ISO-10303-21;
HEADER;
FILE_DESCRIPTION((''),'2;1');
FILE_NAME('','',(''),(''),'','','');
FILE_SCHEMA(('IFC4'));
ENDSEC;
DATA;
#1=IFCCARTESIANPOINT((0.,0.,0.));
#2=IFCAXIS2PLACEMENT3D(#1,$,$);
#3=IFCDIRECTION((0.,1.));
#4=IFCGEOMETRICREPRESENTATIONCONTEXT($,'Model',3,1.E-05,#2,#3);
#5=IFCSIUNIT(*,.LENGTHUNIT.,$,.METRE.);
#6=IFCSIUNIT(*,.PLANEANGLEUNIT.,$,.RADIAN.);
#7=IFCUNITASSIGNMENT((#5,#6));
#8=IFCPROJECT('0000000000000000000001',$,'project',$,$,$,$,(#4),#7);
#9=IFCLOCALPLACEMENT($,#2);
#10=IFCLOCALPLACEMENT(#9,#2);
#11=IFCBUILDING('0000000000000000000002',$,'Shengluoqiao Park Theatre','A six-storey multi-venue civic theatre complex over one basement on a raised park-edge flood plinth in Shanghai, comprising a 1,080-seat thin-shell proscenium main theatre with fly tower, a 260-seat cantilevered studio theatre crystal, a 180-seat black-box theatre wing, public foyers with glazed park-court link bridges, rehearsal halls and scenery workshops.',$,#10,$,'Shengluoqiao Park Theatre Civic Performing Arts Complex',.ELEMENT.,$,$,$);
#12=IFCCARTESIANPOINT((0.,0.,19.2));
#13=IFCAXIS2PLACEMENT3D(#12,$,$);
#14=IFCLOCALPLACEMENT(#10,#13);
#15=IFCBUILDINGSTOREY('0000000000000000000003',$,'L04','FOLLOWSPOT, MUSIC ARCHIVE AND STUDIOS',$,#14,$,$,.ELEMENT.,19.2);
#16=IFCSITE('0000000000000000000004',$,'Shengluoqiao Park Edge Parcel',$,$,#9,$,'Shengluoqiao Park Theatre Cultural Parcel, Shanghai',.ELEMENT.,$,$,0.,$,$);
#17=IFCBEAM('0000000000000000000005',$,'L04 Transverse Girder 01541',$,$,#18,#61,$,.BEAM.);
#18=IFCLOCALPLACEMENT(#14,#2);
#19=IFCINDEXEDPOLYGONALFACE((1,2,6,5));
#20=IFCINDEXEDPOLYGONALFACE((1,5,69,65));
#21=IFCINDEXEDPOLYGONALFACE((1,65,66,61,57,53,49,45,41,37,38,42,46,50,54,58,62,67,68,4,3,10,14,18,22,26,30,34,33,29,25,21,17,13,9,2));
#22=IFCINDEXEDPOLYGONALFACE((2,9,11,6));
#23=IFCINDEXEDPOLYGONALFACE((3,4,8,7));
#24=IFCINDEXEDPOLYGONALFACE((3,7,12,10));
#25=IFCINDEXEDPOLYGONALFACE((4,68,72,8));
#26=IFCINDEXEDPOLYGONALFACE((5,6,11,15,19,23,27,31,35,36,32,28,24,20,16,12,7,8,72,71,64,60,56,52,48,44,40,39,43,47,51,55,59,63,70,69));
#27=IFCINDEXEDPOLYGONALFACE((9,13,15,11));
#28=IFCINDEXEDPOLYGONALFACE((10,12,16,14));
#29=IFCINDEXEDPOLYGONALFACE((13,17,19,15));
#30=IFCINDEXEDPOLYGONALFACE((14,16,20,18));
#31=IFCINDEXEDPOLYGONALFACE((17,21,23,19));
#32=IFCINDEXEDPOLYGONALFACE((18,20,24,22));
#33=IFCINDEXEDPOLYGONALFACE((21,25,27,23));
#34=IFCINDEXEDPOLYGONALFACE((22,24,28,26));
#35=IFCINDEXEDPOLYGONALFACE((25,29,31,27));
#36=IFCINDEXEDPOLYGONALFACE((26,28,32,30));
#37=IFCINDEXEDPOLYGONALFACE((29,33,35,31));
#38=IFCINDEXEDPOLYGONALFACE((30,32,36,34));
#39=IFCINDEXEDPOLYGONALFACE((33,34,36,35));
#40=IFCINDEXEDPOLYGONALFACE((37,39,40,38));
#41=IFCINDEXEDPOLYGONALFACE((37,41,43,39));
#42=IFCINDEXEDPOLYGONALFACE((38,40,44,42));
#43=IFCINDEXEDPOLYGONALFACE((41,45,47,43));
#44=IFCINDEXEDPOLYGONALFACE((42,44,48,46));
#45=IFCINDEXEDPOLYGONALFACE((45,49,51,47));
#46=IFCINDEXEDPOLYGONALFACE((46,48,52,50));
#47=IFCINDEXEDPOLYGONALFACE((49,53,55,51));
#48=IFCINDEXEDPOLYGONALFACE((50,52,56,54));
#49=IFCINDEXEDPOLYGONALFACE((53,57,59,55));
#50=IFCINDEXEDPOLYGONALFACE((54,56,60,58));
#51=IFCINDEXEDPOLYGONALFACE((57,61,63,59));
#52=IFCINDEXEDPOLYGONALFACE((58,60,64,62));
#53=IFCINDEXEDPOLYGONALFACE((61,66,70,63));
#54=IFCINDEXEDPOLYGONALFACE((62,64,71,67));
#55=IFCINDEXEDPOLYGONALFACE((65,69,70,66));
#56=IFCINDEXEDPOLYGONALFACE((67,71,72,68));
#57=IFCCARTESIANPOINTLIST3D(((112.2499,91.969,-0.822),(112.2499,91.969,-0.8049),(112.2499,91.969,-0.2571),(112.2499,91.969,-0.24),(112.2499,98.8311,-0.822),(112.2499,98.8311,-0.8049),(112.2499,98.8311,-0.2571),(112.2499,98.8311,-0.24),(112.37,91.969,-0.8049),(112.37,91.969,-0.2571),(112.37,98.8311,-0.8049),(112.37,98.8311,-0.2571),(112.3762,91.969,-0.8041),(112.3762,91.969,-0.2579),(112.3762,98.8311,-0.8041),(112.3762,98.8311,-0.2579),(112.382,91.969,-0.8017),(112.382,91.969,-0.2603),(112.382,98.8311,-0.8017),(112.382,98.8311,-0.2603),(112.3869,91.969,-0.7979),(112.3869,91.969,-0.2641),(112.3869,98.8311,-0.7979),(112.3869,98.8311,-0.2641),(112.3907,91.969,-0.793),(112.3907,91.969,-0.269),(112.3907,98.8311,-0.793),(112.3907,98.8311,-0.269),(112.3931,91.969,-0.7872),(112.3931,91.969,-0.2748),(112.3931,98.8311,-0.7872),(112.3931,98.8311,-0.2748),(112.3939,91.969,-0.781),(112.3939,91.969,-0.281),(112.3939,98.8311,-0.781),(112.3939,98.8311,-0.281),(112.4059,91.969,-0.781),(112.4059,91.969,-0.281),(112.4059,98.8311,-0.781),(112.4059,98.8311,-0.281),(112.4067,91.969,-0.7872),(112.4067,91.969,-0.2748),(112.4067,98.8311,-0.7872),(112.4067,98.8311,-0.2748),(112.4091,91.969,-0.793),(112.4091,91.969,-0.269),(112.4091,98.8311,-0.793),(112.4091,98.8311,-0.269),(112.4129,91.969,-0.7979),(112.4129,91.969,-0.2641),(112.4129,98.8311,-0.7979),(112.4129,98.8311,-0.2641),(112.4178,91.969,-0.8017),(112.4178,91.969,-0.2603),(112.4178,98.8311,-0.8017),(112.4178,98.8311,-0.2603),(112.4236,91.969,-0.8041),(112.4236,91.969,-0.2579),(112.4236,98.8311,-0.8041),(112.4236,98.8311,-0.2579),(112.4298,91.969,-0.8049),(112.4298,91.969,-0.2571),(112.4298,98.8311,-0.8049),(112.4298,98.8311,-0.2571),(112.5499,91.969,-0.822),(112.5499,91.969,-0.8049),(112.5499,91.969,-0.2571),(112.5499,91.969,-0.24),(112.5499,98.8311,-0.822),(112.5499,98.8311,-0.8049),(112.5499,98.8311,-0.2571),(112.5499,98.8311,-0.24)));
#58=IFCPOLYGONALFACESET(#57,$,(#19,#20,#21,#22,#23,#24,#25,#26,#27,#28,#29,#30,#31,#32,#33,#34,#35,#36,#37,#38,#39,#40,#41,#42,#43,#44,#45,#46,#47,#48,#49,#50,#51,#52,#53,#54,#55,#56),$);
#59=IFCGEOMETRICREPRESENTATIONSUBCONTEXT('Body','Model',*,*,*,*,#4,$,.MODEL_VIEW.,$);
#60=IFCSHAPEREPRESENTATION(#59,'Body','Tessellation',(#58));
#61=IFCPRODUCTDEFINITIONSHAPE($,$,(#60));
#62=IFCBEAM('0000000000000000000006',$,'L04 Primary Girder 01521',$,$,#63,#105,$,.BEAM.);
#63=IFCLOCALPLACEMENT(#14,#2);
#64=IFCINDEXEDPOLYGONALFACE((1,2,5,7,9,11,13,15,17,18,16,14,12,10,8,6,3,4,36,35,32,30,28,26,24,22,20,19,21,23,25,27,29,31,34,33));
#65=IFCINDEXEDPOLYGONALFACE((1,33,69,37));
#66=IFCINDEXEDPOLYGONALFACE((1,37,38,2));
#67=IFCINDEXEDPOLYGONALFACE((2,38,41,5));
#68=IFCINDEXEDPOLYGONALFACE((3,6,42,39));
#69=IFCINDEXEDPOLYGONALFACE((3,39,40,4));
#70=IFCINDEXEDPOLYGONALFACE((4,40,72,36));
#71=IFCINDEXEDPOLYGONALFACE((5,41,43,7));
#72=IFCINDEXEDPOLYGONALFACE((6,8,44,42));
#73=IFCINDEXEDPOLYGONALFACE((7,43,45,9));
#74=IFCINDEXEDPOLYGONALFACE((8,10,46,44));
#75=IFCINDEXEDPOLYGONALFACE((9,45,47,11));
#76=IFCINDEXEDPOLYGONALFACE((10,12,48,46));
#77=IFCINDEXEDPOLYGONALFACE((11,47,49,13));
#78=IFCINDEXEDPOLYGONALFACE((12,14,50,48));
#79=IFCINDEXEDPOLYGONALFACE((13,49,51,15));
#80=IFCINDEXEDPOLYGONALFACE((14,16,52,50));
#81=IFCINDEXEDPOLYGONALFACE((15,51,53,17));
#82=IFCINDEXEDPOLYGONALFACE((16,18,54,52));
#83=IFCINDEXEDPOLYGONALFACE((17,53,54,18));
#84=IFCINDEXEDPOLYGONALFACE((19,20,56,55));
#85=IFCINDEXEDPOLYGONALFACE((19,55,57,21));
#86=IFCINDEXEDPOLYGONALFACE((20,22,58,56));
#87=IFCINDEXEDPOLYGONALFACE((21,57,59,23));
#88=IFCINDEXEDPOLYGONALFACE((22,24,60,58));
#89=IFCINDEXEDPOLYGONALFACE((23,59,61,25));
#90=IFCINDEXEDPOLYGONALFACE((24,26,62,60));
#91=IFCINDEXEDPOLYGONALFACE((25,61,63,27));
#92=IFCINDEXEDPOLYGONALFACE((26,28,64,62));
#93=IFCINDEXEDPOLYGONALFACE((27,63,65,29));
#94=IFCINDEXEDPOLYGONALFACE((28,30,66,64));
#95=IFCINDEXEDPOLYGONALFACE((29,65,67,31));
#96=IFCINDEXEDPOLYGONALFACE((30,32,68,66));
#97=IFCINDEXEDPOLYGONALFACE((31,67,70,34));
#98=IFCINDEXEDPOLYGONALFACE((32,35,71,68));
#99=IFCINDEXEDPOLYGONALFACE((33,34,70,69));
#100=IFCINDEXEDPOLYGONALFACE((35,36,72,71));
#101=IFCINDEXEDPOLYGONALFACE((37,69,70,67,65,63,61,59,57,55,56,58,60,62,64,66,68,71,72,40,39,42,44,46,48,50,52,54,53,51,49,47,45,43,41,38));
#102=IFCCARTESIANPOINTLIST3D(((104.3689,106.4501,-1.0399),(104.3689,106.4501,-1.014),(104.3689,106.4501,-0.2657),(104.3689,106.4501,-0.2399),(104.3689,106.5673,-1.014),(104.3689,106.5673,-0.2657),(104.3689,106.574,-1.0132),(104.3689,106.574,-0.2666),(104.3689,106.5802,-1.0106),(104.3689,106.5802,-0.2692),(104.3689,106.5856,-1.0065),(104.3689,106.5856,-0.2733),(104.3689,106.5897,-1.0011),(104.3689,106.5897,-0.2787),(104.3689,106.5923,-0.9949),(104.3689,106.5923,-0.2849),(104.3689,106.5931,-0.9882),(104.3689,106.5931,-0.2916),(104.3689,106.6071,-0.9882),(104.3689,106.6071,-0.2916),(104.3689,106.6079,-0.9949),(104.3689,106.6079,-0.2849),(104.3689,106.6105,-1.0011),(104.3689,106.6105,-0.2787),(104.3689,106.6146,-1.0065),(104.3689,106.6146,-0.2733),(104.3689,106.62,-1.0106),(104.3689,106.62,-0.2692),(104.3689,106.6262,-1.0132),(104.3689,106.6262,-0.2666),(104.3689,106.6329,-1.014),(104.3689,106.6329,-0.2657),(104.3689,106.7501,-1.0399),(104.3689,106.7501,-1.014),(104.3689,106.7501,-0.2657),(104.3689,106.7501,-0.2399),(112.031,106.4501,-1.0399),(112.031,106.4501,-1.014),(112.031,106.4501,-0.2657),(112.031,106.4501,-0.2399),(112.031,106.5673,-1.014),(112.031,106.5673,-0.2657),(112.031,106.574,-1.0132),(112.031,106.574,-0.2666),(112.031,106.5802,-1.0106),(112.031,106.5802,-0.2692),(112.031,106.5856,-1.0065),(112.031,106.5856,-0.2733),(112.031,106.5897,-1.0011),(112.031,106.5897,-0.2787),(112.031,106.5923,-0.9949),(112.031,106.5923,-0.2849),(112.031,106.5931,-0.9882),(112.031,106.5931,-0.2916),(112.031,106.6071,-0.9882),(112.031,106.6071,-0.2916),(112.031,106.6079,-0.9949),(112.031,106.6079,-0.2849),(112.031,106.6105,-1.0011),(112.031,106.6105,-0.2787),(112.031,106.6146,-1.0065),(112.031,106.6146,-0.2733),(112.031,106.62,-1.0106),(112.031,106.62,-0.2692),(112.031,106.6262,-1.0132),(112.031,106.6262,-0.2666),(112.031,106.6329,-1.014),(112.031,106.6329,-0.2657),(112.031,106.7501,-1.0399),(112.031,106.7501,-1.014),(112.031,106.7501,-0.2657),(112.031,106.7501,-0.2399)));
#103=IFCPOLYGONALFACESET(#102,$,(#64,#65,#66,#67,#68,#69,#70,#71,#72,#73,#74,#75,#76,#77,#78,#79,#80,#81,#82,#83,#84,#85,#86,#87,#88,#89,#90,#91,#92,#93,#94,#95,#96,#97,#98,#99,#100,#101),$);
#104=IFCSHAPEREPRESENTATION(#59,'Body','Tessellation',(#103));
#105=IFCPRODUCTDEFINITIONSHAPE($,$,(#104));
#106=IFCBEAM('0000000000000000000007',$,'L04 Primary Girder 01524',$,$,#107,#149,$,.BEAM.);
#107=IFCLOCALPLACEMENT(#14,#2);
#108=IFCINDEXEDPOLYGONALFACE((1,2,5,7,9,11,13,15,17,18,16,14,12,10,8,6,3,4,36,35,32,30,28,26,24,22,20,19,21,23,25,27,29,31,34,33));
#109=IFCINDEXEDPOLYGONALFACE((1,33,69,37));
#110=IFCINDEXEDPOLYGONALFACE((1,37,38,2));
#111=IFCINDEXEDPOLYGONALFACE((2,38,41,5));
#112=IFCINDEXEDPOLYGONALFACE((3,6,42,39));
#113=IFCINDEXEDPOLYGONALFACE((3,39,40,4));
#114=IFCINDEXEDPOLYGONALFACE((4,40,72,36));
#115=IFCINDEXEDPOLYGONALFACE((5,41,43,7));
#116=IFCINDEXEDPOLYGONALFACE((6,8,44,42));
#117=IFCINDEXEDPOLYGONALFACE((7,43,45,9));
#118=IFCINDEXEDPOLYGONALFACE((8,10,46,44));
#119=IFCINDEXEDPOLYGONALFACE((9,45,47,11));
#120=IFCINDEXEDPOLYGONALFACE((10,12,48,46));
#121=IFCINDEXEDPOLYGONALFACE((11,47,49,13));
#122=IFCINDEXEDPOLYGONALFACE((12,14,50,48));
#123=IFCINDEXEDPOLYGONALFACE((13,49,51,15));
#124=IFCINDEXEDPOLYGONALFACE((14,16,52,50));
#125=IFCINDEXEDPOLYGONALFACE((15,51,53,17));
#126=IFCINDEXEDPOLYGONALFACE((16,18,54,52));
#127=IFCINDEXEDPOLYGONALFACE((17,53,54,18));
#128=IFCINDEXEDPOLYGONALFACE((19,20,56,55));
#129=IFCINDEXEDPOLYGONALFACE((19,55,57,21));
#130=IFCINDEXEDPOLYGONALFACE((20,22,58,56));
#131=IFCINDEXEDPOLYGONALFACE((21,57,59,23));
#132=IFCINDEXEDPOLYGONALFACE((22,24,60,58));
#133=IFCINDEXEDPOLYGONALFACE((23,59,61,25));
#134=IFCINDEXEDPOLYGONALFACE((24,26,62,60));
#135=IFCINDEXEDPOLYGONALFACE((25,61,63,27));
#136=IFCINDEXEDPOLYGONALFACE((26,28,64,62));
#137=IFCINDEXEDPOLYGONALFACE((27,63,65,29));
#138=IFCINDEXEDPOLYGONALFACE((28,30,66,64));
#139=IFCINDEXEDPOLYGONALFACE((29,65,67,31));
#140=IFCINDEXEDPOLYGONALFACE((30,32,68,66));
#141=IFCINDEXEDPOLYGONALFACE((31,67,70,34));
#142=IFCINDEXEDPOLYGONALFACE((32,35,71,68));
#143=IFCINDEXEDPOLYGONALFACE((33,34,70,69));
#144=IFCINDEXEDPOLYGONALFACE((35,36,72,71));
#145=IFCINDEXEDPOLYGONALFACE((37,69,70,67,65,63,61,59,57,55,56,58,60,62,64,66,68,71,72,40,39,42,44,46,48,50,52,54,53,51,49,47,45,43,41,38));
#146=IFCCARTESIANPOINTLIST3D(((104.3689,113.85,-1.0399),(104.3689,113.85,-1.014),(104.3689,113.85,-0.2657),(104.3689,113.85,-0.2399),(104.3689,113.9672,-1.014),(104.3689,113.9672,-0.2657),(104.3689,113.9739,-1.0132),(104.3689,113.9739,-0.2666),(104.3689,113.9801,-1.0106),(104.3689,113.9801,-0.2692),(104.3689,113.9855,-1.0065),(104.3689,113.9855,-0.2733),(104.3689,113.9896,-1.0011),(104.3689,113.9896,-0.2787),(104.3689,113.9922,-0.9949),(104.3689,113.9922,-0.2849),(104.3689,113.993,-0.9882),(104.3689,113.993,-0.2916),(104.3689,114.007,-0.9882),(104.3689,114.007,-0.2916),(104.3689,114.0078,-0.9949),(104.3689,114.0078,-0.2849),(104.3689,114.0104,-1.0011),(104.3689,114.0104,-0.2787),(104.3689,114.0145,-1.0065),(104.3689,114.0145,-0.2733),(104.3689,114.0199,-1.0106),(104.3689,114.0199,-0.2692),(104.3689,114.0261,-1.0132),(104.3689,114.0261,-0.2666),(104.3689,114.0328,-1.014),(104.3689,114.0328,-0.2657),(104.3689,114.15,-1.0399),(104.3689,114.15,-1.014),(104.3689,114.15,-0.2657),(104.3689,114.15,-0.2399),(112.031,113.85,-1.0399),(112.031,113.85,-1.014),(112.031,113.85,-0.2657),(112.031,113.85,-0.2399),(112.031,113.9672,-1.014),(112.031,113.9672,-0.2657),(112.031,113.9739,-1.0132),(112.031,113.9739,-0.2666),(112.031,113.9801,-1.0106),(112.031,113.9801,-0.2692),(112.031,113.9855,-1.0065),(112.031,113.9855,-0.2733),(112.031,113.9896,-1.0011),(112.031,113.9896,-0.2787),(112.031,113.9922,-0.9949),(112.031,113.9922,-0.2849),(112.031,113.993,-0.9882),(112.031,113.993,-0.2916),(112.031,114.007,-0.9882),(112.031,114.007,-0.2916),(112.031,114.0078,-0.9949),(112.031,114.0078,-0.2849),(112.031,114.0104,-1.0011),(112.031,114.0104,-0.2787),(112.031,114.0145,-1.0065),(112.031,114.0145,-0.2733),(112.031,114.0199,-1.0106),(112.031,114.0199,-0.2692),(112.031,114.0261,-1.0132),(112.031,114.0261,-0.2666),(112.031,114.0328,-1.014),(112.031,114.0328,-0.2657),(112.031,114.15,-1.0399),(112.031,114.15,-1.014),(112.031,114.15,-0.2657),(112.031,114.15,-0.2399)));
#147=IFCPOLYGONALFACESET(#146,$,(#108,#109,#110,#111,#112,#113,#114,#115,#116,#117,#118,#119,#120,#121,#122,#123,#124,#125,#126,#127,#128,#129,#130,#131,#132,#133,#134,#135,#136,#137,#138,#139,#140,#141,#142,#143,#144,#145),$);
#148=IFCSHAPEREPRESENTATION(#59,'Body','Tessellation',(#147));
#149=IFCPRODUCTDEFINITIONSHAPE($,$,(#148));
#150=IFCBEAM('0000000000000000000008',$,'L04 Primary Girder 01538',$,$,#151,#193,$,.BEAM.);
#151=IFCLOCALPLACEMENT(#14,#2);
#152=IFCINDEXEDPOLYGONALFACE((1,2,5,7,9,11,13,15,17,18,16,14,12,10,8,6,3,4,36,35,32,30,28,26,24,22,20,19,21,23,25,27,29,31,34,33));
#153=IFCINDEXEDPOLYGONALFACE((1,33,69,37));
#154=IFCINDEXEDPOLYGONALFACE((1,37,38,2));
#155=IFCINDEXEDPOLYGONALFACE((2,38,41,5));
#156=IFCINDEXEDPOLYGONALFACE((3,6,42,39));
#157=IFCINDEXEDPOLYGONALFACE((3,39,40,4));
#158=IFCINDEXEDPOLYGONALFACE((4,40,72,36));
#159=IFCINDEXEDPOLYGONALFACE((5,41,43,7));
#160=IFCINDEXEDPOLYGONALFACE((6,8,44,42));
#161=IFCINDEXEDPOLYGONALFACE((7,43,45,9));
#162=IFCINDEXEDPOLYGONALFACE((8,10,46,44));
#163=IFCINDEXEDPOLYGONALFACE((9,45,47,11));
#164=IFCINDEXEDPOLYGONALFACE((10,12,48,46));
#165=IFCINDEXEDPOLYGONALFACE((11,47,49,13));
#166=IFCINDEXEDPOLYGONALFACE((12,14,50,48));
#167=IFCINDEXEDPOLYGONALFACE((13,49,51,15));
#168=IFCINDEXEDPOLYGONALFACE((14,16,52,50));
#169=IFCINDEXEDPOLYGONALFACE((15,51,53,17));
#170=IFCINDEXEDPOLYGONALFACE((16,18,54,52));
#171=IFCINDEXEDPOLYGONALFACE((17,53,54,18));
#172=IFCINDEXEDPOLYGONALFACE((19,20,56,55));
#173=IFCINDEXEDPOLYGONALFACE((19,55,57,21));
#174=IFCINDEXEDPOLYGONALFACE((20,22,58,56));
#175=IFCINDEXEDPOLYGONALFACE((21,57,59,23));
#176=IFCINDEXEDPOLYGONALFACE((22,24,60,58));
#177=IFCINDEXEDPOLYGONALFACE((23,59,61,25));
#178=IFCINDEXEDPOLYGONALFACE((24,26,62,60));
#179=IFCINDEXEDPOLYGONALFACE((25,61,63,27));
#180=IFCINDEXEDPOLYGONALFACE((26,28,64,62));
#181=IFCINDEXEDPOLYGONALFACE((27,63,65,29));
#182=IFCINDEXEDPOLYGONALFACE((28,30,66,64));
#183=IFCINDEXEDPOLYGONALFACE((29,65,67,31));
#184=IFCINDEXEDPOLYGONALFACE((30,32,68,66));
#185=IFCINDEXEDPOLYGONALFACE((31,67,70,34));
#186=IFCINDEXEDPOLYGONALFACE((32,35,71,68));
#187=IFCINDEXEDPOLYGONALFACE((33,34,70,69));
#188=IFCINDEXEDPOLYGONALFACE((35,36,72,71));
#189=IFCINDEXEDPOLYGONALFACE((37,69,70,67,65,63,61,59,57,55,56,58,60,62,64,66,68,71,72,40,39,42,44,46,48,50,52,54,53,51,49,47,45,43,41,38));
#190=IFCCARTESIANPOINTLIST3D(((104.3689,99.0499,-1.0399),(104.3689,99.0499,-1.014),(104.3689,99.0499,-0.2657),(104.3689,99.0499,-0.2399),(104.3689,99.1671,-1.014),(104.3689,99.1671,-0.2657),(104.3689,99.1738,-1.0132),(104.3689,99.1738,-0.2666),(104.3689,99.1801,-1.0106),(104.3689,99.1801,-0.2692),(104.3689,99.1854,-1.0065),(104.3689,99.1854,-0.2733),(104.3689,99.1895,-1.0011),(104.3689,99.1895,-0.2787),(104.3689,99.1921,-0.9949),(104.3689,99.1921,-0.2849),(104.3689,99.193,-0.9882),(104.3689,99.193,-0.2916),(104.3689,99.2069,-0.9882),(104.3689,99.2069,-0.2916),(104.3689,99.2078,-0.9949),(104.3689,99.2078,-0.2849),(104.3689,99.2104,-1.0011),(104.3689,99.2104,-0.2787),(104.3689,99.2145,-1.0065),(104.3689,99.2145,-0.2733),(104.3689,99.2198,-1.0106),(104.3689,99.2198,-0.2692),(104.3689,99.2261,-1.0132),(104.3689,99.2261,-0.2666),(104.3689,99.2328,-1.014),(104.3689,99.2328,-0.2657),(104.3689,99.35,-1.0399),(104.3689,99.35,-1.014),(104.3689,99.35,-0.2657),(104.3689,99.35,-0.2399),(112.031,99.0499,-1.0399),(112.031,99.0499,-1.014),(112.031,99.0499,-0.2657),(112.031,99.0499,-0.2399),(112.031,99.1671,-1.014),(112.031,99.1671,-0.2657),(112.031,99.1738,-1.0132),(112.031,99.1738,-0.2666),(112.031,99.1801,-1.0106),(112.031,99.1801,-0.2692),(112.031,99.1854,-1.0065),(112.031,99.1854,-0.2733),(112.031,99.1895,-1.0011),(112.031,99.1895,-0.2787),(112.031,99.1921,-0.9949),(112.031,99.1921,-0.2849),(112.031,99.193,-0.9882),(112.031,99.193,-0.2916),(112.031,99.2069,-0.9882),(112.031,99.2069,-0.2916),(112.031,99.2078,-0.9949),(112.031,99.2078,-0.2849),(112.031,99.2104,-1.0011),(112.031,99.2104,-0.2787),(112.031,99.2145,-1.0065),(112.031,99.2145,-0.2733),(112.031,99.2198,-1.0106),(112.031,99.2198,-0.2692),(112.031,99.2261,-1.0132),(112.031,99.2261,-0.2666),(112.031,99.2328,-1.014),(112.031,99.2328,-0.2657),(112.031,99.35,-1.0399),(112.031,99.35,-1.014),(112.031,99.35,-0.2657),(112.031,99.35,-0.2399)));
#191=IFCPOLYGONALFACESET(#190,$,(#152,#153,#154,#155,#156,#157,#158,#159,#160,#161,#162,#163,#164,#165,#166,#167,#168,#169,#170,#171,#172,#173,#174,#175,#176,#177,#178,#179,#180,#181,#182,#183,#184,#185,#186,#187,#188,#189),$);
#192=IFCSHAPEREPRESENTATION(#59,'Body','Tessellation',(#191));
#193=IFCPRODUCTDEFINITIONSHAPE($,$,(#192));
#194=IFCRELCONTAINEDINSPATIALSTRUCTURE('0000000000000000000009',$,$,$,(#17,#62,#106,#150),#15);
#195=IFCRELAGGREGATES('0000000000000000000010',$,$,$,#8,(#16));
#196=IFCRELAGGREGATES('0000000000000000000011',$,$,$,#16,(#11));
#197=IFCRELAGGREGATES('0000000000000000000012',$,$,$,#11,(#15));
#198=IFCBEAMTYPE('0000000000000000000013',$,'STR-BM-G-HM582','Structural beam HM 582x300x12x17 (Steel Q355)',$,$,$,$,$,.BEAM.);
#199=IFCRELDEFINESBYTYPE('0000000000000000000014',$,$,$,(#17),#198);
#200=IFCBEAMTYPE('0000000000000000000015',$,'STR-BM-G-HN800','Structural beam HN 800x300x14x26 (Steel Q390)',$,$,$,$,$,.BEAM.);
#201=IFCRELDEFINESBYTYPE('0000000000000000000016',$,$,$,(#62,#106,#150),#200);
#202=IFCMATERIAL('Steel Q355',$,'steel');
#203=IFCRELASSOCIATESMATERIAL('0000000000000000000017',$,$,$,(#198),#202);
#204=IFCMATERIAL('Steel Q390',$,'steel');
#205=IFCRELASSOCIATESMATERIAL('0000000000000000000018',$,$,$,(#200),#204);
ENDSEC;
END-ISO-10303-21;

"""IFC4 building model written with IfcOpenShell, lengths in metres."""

from ifc_helpers import new_model, si_unit, direction, frame, origin, origin_2d, place, context, subcontext, project, spatial, i_section, extrude, material, material_profile, profile_set, type_object, element, save


model = new_model("IFC4")

# Units and contexts
model_context = context("Model", 3, precision=1e-05, world=origin(), true_north=direction((0.0, 1.0)))
body_context = subcontext(model_context, "Body", "Model", "MODEL_VIEW")
ifc_project = project(units=[si_unit("LENGTHUNIT", "METRE"), si_unit("PLANEANGLEUNIT", "RADIAN")], contexts=[model_context])

# Site, building, storey
site_placement = place(None, origin())
site = spatial("IfcSite", under=ifc_project, at=site_placement, Name="Shengluoqiao Park Edge Parcel", LongName="Shengluoqiao Park Theatre Cultural Parcel, Shanghai", CompositionType="ELEMENT", RefElevation=0.0)
building_placement = place(site_placement, origin())
building = spatial("IfcBuilding", under=site, at=building_placement, Name="Shengluoqiao Park Theatre", Description="A six-storey multi-venue civic theatre complex over one basement on a raised park-edge flood plinth in Shanghai, comprising a 1,080-seat thin-shell proscenium main theatre with fly tower, a 260-seat cantilevered studio theatre crystal, a 180-seat black-box theatre wing, public foyers with glazed park-court link bridges, rehearsal halls and scenery workshops.", LongName="Shengluoqiao Park Theatre Civic Performing Arts Complex", CompositionType="ELEMENT")
storey_placement = place(building_placement, frame((0.0, 0.0, 19.2)))
storey = spatial("IfcBuildingStorey", under=building, at=storey_placement, Name="L04", Description="FOLLOWSPOT, MUSIC ARCHIVE AND STUDIOS", CompositionType="ELEMENT", Elevation=19.2)

# Beams
ifc_material_1 = material(Name="Steel Q355", Category="steel")
ifc_material_profile_1 = material_profile(ifc_material_1, i_section(OverallWidth=0.3, OverallDepth=0.582, WebThickness=0.012, FlangeThickness=0.0171, FilletRadius=0.0239, at=origin_2d()), Name="HM 582x300x12x17")
ifc_profile_set_1 = profile_set([ifc_material_profile_1], Name="Steel Q355")
beam_type_1 = type_object("IfcBeamType", Name="STR-BM-G-HM582", Description="Structural beam HM 582x300x12x17 (Steel Q355)", PredefinedType="BEAM", material=ifc_profile_set_1)
beam_1_placement = place(storey_placement, frame((112.3999, 91.969, -0.531), z_axis=(0.0, 1.0, 0.0), x_axis=(-1.0, 0.0, 0.0)))
element("IfcBeam", 1, at=beam_1_placement, inside=storey, type_object=beam_type_1, Name="L04 Transverse Girder 01541", PredefinedType="BEAM", context=body_context, shape_type="SweptSolid", body=[
    extrude(i_section(OverallWidth=0.3, OverallDepth=0.582, WebThickness=0.012, FlangeThickness=0.0171, FilletRadius=0.0239, at=origin_2d()), origin(), (0.0, 0.0, 1.0), 6.8621),
])
ifc_material_2 = material(Name="Steel Q390", Category="steel")
ifc_material_profile_2 = material_profile(ifc_material_2, i_section(OverallWidth=0.3, OverallDepth=0.8, WebThickness=0.0139, FlangeThickness=0.0259, FilletRadius=0.0259, at=origin_2d()), Name="HN 800x300x14x26")
ifc_profile_set_2 = profile_set([ifc_material_profile_2], Name="Steel Q390")
beam_type_2 = type_object("IfcBeamType", Name="STR-BM-G-HN800", Description="Structural beam HN 800x300x14x26 (Steel Q390)", PredefinedType="BEAM", material=ifc_profile_set_2)
for number, where, z_axis, x_axis, name in (
    (2, (104.3689, 106.6001, -0.6399), (1.0, 0.0, 0.0), (0.0, 1.0, 0.0), "L04 Primary Girder 01521"),
    (3, (104.3689, 114.0, -0.6399), (1.0, 0.0, 0.0), (0.0, 1.0, 0.0), "L04 Primary Girder 01524"),
    (4, (104.3689, 99.2, -0.6399), (1.0, 0.0, 0.0), (0.0, 1.0, 0.0), "L04 Primary Girder 01538"),
):
    element("IfcBeam", number, at=place(storey_placement, frame(where, z_axis=z_axis, x_axis=x_axis)), inside=storey, type_object=beam_type_2, Name=name, PredefinedType="BEAM", context=body_context, shape_type="SweptSolid", body=[
        extrude(i_section(OverallWidth=0.3, OverallDepth=0.8, WebThickness=0.0139, FlangeThickness=0.0259, FilletRadius=0.0259, at=origin_2d()), origin(), (0.0, 0.0, 1.0), 7.6621),
    ])

save(model, "model.ifc")
